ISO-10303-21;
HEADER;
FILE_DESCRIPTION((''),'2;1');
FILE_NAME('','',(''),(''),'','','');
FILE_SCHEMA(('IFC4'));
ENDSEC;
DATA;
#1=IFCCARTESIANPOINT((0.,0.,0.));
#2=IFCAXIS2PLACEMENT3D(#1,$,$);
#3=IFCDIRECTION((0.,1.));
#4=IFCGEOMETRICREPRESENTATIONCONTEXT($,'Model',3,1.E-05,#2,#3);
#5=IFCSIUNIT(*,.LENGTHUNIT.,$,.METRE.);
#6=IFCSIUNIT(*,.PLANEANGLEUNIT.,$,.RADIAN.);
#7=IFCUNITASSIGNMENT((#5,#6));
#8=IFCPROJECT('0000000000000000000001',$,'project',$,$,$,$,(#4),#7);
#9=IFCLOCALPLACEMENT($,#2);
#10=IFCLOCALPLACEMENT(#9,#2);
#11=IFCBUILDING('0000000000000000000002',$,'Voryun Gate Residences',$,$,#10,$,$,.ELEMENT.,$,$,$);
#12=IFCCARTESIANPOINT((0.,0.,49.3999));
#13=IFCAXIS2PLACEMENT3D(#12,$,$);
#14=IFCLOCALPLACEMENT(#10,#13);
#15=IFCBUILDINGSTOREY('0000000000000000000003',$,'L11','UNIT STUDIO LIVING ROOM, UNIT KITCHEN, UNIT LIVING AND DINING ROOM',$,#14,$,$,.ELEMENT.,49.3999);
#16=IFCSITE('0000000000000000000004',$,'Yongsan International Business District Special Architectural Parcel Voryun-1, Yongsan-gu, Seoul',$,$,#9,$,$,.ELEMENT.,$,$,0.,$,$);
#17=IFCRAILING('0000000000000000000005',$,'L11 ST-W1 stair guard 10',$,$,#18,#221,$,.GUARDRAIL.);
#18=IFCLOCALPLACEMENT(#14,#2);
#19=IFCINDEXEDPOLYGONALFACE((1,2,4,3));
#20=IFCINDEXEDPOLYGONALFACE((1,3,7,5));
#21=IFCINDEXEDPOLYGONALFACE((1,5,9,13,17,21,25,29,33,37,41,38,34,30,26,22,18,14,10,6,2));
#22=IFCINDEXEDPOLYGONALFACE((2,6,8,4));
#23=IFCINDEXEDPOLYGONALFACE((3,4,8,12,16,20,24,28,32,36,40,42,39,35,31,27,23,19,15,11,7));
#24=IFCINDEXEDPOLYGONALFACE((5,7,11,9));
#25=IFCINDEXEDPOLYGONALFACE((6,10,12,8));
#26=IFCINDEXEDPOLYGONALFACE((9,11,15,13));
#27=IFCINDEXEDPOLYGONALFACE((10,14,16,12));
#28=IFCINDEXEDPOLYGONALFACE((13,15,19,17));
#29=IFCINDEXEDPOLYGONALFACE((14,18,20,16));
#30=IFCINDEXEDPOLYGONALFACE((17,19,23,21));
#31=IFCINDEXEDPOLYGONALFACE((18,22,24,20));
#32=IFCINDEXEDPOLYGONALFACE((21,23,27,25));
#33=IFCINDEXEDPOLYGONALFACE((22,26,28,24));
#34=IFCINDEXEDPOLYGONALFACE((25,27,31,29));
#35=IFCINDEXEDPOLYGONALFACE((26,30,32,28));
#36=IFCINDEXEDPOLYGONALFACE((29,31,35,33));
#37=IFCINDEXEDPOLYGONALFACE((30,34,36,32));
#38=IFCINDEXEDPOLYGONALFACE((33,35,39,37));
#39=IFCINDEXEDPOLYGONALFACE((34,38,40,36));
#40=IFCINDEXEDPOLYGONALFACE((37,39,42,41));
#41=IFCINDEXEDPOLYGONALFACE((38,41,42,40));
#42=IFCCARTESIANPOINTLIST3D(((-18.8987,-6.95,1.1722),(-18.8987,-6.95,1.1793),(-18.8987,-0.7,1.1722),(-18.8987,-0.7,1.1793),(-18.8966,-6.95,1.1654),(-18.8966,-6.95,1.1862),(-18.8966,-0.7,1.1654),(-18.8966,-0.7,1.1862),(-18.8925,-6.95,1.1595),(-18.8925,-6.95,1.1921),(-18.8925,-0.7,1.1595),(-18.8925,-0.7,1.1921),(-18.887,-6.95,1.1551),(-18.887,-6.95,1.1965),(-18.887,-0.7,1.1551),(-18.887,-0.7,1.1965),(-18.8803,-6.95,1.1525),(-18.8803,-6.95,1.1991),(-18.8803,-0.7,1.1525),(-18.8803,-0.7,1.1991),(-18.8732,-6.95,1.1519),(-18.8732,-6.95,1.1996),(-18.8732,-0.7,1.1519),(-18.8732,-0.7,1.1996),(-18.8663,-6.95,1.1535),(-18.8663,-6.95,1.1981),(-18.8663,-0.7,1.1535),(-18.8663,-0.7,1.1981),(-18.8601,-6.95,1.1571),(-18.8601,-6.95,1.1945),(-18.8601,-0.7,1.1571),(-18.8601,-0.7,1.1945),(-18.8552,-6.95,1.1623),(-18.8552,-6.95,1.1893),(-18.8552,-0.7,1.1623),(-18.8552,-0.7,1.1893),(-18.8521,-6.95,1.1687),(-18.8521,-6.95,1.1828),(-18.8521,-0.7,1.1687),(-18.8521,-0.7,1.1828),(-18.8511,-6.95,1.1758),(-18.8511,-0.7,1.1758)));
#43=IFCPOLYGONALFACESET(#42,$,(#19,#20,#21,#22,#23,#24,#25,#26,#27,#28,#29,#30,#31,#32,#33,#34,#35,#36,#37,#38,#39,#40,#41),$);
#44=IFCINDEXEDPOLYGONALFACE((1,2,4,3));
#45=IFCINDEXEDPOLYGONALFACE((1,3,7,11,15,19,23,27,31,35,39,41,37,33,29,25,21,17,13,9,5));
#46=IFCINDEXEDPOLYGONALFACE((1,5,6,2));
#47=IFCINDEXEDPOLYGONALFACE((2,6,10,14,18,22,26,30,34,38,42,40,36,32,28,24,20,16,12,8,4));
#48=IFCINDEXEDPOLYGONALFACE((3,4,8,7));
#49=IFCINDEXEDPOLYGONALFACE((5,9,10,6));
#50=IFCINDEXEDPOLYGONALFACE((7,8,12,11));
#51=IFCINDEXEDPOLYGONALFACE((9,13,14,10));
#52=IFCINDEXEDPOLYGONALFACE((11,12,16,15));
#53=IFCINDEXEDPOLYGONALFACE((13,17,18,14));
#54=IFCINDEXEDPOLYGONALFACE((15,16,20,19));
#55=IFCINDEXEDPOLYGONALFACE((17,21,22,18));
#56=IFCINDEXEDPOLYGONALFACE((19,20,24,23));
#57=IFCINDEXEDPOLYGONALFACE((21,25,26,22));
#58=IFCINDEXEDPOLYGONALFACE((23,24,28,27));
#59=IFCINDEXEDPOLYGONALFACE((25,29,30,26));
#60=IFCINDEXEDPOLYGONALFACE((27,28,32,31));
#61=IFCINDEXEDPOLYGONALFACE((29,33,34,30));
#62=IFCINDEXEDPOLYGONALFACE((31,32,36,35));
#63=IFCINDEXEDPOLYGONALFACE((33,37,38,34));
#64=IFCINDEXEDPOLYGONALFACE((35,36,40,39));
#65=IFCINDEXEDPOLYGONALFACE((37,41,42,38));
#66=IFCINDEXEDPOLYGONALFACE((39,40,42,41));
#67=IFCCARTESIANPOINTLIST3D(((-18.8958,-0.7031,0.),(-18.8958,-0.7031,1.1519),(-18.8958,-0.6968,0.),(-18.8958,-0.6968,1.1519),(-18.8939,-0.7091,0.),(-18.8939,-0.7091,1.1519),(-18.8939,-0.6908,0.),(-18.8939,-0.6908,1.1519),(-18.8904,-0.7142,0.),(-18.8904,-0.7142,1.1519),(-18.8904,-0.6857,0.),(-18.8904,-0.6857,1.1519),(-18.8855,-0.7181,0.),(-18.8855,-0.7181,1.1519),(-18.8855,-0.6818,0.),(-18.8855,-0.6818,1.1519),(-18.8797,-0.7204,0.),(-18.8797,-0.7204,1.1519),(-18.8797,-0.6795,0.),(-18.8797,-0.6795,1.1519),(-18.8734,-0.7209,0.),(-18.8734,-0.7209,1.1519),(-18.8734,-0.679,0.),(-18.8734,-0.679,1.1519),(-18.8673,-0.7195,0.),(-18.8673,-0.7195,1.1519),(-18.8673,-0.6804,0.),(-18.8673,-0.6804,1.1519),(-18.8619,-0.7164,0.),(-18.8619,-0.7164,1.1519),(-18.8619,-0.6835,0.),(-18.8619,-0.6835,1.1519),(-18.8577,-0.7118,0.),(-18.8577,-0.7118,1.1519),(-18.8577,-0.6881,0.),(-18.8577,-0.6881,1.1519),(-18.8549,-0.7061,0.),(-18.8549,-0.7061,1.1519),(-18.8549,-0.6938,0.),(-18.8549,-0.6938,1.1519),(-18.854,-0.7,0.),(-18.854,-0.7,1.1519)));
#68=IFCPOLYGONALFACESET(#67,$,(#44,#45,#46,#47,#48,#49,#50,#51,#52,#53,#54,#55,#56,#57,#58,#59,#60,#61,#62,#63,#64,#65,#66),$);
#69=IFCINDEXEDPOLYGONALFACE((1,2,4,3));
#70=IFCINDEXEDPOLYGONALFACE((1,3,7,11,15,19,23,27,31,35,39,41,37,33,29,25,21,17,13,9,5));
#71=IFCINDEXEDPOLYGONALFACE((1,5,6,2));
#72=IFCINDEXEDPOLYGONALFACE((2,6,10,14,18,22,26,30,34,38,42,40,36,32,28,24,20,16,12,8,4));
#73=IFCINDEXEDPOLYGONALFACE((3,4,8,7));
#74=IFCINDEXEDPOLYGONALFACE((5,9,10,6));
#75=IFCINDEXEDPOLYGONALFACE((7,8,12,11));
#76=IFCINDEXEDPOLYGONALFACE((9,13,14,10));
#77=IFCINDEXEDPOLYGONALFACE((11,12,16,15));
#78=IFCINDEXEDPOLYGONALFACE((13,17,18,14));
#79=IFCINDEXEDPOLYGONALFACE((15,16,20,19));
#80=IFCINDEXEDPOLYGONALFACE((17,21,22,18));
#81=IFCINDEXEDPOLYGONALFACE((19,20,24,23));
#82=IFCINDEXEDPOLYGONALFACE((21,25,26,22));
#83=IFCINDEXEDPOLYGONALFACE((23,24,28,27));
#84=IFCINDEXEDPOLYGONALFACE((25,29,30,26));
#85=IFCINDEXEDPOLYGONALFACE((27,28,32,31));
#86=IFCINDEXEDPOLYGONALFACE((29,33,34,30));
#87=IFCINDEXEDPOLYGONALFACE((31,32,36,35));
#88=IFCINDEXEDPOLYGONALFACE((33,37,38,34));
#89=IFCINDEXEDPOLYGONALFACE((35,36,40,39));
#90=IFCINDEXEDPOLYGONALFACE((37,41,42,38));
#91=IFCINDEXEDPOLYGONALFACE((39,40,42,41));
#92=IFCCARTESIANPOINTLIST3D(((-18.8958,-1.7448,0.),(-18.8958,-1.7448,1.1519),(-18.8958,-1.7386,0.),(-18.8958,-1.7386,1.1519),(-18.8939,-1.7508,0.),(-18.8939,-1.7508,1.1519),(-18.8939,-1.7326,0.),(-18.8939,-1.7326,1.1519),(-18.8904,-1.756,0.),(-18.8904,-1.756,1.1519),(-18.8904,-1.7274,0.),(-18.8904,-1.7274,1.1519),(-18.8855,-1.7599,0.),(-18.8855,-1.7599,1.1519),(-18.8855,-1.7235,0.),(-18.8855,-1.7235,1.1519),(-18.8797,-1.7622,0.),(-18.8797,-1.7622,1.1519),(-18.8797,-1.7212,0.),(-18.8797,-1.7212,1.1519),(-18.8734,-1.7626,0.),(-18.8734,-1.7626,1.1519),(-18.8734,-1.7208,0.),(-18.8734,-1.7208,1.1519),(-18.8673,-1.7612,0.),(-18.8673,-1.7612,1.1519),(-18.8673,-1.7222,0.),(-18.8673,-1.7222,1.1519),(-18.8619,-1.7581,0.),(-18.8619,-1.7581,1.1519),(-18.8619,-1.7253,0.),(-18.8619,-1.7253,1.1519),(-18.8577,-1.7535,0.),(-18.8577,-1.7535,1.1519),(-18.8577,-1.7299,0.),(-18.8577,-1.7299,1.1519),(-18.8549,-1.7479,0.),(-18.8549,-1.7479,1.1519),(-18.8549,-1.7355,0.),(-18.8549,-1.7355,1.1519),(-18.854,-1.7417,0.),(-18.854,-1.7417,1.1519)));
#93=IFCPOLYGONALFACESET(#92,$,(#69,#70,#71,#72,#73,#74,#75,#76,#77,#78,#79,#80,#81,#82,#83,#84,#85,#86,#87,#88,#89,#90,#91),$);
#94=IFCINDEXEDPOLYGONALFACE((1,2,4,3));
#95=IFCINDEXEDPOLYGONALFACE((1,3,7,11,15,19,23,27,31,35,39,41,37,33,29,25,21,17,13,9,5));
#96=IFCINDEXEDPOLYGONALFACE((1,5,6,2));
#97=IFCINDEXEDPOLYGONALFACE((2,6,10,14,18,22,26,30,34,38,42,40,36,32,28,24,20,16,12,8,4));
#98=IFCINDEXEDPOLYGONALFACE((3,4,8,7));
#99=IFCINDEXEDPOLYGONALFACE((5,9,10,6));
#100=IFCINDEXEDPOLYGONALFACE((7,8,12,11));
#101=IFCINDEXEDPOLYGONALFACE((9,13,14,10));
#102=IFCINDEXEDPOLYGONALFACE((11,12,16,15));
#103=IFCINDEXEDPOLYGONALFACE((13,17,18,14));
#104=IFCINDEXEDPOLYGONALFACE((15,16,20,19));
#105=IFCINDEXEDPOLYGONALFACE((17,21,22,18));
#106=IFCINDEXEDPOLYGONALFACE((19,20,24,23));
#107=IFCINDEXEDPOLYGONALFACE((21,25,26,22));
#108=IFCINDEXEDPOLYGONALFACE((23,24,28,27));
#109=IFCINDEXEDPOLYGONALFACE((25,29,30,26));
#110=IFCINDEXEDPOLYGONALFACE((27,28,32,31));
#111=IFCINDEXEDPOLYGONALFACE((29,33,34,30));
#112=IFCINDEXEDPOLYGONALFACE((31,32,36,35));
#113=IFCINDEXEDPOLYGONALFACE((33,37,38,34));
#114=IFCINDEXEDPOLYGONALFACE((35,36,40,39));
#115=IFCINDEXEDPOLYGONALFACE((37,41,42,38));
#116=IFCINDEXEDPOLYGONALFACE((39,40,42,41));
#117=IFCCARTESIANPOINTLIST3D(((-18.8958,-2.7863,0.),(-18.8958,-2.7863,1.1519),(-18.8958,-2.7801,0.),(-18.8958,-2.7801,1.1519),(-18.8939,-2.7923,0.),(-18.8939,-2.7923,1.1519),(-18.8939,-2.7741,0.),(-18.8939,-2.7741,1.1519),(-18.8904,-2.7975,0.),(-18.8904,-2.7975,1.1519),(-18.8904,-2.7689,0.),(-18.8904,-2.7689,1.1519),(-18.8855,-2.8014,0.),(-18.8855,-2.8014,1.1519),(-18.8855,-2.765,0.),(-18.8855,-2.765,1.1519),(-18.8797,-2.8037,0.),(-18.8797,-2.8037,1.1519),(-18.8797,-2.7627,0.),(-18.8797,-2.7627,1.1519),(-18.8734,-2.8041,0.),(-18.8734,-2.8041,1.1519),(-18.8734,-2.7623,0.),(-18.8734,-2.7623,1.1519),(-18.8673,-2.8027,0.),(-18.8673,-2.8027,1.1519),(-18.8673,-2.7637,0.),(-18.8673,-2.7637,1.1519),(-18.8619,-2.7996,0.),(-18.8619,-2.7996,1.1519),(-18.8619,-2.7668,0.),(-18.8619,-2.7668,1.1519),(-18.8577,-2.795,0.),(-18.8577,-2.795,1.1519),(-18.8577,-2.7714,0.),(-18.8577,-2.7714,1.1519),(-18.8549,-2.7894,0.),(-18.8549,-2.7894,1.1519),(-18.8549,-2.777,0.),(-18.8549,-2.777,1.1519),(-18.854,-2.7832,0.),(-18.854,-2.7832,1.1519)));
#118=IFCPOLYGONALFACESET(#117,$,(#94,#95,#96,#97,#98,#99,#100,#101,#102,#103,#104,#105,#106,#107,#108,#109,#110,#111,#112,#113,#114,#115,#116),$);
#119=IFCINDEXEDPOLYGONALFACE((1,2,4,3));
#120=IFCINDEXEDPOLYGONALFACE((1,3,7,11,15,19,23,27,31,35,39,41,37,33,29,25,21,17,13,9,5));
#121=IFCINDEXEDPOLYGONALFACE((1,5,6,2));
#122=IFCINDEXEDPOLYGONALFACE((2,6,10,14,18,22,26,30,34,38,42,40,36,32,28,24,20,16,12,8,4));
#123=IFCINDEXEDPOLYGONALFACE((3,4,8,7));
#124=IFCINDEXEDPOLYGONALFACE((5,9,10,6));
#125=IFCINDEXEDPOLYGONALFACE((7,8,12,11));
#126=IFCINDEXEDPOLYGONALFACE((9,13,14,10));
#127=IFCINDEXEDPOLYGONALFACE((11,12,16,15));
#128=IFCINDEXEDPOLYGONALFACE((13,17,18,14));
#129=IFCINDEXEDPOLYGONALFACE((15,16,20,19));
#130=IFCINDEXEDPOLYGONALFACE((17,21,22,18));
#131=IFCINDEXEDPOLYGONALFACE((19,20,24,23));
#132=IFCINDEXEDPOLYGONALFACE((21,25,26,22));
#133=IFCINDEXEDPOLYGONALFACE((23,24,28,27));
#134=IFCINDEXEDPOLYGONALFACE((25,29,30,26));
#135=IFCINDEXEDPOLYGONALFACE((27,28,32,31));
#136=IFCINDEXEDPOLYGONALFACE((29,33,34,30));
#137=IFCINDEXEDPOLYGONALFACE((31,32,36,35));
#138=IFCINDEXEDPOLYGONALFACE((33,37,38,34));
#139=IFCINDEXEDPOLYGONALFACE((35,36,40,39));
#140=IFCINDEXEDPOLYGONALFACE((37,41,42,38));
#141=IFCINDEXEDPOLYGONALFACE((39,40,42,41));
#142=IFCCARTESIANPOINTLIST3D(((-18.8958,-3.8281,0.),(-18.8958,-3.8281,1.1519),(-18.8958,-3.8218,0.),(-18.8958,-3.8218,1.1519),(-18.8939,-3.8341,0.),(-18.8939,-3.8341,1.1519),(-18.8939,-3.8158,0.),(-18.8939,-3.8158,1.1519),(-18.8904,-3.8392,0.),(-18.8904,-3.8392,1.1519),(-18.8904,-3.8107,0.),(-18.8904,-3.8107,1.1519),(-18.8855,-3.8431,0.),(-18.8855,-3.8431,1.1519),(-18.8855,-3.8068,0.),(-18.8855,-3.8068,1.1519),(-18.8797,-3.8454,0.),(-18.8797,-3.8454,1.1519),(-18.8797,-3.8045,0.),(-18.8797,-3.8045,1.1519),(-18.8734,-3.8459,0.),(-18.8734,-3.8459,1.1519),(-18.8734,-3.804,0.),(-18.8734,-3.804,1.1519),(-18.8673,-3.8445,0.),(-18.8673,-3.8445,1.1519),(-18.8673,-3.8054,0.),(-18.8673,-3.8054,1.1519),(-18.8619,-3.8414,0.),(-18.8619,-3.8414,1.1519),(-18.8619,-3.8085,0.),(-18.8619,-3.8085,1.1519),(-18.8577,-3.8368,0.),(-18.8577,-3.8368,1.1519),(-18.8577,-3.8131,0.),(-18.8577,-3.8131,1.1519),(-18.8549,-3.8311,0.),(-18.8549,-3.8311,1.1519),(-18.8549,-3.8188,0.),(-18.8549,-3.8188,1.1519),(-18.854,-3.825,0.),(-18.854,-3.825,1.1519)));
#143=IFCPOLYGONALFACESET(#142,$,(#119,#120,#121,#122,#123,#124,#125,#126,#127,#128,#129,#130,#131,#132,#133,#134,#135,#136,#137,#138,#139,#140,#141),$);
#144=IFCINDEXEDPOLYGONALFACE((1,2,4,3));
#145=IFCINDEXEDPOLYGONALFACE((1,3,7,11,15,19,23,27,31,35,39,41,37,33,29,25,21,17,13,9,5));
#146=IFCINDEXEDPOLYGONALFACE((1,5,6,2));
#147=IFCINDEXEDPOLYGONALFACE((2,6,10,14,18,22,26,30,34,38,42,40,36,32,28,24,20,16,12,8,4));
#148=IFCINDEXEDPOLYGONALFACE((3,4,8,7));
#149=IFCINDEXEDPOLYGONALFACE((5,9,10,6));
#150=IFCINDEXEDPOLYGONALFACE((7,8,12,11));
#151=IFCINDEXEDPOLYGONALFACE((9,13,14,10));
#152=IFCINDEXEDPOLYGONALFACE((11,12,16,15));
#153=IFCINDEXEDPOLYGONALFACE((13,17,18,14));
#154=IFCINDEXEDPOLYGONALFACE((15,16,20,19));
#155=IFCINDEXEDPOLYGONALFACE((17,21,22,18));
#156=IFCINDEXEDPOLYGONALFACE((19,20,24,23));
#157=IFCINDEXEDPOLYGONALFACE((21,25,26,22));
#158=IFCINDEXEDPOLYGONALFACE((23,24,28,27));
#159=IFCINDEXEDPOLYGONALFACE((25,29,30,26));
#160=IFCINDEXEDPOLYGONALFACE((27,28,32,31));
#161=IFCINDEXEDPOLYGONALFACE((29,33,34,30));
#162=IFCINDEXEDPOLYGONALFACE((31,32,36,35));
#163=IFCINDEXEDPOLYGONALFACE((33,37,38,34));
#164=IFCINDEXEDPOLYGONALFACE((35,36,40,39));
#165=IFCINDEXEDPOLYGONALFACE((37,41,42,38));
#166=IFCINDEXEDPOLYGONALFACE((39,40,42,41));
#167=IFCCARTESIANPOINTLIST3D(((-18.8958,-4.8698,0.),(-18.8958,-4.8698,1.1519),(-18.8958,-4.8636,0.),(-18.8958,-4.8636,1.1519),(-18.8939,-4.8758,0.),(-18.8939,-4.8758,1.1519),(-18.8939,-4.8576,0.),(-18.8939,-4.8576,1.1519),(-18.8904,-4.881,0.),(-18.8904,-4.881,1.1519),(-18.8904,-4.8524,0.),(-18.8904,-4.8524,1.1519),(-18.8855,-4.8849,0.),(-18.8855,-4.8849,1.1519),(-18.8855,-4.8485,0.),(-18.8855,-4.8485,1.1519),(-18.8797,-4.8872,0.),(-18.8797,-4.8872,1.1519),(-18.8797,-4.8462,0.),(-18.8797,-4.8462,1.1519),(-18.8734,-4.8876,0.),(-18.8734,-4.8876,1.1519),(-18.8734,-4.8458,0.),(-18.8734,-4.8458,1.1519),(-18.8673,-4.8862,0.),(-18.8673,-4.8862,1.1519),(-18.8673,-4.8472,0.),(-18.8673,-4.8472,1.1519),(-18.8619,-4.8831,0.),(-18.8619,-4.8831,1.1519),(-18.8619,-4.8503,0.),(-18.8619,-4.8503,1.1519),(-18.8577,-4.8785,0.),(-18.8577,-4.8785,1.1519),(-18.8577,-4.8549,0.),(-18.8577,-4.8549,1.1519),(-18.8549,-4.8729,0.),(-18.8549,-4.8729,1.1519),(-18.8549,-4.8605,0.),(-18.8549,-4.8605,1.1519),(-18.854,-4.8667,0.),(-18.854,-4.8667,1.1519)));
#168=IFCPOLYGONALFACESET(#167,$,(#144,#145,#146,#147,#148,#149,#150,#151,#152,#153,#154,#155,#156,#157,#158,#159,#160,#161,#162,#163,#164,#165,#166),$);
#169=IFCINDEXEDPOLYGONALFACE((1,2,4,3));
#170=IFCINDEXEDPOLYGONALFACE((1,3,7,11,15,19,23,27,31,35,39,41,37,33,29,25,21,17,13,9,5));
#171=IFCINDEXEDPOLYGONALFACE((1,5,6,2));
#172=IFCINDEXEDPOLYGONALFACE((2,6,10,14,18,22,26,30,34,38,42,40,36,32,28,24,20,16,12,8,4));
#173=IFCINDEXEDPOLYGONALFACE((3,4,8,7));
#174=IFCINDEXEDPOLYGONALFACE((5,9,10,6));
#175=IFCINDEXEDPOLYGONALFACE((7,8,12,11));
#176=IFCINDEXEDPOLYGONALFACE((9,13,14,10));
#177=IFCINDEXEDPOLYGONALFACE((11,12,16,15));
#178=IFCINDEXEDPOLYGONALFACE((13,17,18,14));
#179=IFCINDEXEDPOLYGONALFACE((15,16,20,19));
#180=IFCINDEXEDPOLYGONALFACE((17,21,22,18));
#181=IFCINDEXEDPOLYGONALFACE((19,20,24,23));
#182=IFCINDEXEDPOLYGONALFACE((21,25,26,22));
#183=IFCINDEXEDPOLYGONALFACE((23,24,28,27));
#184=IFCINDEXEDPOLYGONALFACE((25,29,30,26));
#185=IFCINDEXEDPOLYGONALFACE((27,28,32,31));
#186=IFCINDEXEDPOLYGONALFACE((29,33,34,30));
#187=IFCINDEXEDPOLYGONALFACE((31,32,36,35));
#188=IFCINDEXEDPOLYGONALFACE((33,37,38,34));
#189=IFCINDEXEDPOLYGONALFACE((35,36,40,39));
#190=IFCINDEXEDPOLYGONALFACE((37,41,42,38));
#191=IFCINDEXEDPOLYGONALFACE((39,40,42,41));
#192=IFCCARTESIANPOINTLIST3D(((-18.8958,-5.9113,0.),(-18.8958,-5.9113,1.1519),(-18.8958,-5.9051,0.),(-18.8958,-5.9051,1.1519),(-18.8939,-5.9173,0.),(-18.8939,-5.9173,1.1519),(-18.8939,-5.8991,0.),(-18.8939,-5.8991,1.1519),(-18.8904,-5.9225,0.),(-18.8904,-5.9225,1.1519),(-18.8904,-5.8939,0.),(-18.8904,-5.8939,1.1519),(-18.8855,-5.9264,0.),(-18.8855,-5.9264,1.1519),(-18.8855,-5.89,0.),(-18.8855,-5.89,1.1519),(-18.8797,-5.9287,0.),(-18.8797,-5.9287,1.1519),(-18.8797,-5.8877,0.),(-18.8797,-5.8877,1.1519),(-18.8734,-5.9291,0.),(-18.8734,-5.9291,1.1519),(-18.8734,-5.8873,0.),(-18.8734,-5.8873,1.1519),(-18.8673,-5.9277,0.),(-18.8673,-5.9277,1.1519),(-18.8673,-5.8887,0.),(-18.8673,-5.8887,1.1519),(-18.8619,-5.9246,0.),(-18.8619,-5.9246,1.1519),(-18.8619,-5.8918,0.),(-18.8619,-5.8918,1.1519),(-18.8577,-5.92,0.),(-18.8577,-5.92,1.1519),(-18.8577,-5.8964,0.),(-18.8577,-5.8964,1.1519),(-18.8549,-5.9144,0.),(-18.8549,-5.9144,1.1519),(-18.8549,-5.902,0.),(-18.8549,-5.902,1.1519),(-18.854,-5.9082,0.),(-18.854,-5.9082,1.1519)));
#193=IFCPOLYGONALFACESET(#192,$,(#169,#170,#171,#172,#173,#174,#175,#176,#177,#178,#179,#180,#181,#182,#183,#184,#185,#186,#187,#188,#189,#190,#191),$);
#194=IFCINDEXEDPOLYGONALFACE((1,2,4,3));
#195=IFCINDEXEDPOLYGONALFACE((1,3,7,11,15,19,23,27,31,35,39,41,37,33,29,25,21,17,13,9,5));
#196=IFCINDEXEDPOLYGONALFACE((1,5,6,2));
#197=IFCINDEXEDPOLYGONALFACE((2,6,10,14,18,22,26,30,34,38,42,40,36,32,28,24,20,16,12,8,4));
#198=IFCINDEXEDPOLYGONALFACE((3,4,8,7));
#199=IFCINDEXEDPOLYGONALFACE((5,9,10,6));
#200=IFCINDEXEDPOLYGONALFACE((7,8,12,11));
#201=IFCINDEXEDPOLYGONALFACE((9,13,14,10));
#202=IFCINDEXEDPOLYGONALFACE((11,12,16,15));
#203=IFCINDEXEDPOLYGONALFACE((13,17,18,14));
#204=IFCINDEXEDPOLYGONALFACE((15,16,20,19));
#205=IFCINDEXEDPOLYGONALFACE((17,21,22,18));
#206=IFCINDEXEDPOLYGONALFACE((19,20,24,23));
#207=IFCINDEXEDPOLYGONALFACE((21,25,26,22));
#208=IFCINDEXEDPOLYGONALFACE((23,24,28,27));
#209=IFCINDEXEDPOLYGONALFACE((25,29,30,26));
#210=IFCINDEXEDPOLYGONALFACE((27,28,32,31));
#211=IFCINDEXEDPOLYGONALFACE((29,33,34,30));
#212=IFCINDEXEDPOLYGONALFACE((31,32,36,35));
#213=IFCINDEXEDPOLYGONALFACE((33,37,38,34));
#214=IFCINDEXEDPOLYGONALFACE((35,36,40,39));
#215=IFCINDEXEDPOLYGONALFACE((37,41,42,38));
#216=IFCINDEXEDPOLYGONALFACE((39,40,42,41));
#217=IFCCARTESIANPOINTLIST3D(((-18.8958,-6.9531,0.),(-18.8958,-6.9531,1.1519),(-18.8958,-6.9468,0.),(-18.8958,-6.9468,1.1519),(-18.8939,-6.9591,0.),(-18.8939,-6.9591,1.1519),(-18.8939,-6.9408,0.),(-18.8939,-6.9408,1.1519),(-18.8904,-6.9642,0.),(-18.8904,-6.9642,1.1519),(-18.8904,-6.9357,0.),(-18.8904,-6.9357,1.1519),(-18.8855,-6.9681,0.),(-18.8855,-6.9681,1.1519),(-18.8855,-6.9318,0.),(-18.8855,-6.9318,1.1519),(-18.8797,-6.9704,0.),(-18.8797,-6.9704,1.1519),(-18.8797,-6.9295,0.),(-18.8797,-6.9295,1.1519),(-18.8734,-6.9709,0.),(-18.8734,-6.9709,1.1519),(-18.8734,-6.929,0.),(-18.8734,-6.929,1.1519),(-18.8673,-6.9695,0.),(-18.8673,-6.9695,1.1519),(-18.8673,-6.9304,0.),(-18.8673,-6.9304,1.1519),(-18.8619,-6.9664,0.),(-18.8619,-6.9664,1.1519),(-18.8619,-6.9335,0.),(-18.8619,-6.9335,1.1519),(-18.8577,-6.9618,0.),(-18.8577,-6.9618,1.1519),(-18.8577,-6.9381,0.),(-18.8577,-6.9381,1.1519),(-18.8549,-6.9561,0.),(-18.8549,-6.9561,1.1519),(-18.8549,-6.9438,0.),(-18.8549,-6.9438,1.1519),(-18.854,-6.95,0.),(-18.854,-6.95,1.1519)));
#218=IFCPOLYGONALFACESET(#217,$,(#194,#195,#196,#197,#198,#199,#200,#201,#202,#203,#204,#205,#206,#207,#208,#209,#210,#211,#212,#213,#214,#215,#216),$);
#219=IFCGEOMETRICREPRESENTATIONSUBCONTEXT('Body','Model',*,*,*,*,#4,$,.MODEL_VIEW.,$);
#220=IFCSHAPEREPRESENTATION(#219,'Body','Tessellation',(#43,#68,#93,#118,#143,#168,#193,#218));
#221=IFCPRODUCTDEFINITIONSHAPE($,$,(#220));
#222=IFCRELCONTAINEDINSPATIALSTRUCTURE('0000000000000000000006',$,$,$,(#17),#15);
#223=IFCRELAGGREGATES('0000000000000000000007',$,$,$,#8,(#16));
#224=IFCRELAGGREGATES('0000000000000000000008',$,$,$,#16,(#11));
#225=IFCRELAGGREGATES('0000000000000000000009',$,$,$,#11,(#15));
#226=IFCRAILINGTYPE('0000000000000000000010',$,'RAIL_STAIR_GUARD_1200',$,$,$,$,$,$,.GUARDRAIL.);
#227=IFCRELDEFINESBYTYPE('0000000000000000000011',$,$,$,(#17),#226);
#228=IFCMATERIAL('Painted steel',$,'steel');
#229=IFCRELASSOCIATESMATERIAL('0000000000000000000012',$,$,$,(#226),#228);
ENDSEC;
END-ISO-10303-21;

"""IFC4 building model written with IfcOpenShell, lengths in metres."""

from ifc_helpers import new_model, si_unit, direction, frame, origin, origin_2d, place, context, subcontext, project, spatial, circle, extrude, material, type_object, element, save


model = new_model("IFC4")

# Units and contexts
model_context = context("Model", 3, precision=1e-05, world=origin(), true_north=direction((0.0, 1.0)))
body_context = subcontext(model_context, "Body", "Model", "MODEL_VIEW")
ifc_project = project(units=[si_unit("LENGTHUNIT", "METRE"), si_unit("PLANEANGLEUNIT", "RADIAN")], contexts=[model_context])

# Site, building, storey
site_placement = place(None, origin())
site = spatial("IfcSite", under=ifc_project, at=site_placement, Name="Yongsan International Business District Special Architectural Parcel Voryun-1, Yongsan-gu, Seoul", CompositionType="ELEMENT", RefElevation=0.0)
building_placement = place(site_placement, origin())
building = spatial("IfcBuilding", under=site, at=building_placement, Name="Voryun Gate Residences", CompositionType="ELEMENT")
storey_placement = place(building_placement, frame((0.0, 0.0, 49.3999)))
storey = spatial("IfcBuildingStorey", under=building, at=storey_placement, Name="L11", Description="UNIT STUDIO LIVING ROOM, UNIT KITCHEN, UNIT LIVING AND DINING ROOM", CompositionType="ELEMENT", Elevation=49.3999)

# Railing
ifc_material_1 = material(Name="Painted steel", Category="steel")
railing_type = type_object("IfcRailingType", Name="RAIL_STAIR_GUARD_1200", PredefinedType="GUARDRAIL", material=ifc_material_1)
railing_1_placement = place(storey_placement, frame((-18.875, -0.7, 0.0)))
element("IfcRailing", 1, at=railing_1_placement, inside=storey, type_object=railing_type, Name="L11 ST-W1 stair guard 10", PredefinedType="GUARDRAIL", context=body_context, shape_type="SweptSolid", body=[
    extrude(circle(Radius=0.0239, at=origin_2d()), frame((0.0, 0.0, 1.1758), z_axis=(0.0, -1.0, 0.0), x_axis=(1.0, 0.0, 0.0)), (0.0, 0.0, 1.0), 6.25),
    extrude(circle(Radius=0.021, at=origin_2d()), origin(), (0.0, 0.0, 1.0), 1.1519),
    extrude(circle(Radius=0.021, at=origin_2d()), frame((0.0, -1.0417, 0.0)), (0.0, 0.0, 1.0), 1.1519),
    extrude(circle(Radius=0.021, at=origin_2d()), frame((0.0, -2.0833, 0.0)), (0.0, 0.0, 1.0), 1.1519),
    extrude(circle(Radius=0.021, at=origin_2d()), frame((0.0, -3.125, 0.0)), (0.0, 0.0, 1.0), 1.1519),
    extrude(circle(Radius=0.021, at=origin_2d()), frame((0.0, -4.1667, 0.0)), (0.0, 0.0, 1.0), 1.1519),
    extrude(circle(Radius=0.021, at=origin_2d()), frame((0.0, -5.2083, 0.0)), (0.0, 0.0, 1.0), 1.1519),
    extrude(circle(Radius=0.021, at=origin_2d()), frame((0.0, -6.25, 0.0)), (0.0, 0.0, 1.0), 1.1519),
])

save(model, "model.ifc")
